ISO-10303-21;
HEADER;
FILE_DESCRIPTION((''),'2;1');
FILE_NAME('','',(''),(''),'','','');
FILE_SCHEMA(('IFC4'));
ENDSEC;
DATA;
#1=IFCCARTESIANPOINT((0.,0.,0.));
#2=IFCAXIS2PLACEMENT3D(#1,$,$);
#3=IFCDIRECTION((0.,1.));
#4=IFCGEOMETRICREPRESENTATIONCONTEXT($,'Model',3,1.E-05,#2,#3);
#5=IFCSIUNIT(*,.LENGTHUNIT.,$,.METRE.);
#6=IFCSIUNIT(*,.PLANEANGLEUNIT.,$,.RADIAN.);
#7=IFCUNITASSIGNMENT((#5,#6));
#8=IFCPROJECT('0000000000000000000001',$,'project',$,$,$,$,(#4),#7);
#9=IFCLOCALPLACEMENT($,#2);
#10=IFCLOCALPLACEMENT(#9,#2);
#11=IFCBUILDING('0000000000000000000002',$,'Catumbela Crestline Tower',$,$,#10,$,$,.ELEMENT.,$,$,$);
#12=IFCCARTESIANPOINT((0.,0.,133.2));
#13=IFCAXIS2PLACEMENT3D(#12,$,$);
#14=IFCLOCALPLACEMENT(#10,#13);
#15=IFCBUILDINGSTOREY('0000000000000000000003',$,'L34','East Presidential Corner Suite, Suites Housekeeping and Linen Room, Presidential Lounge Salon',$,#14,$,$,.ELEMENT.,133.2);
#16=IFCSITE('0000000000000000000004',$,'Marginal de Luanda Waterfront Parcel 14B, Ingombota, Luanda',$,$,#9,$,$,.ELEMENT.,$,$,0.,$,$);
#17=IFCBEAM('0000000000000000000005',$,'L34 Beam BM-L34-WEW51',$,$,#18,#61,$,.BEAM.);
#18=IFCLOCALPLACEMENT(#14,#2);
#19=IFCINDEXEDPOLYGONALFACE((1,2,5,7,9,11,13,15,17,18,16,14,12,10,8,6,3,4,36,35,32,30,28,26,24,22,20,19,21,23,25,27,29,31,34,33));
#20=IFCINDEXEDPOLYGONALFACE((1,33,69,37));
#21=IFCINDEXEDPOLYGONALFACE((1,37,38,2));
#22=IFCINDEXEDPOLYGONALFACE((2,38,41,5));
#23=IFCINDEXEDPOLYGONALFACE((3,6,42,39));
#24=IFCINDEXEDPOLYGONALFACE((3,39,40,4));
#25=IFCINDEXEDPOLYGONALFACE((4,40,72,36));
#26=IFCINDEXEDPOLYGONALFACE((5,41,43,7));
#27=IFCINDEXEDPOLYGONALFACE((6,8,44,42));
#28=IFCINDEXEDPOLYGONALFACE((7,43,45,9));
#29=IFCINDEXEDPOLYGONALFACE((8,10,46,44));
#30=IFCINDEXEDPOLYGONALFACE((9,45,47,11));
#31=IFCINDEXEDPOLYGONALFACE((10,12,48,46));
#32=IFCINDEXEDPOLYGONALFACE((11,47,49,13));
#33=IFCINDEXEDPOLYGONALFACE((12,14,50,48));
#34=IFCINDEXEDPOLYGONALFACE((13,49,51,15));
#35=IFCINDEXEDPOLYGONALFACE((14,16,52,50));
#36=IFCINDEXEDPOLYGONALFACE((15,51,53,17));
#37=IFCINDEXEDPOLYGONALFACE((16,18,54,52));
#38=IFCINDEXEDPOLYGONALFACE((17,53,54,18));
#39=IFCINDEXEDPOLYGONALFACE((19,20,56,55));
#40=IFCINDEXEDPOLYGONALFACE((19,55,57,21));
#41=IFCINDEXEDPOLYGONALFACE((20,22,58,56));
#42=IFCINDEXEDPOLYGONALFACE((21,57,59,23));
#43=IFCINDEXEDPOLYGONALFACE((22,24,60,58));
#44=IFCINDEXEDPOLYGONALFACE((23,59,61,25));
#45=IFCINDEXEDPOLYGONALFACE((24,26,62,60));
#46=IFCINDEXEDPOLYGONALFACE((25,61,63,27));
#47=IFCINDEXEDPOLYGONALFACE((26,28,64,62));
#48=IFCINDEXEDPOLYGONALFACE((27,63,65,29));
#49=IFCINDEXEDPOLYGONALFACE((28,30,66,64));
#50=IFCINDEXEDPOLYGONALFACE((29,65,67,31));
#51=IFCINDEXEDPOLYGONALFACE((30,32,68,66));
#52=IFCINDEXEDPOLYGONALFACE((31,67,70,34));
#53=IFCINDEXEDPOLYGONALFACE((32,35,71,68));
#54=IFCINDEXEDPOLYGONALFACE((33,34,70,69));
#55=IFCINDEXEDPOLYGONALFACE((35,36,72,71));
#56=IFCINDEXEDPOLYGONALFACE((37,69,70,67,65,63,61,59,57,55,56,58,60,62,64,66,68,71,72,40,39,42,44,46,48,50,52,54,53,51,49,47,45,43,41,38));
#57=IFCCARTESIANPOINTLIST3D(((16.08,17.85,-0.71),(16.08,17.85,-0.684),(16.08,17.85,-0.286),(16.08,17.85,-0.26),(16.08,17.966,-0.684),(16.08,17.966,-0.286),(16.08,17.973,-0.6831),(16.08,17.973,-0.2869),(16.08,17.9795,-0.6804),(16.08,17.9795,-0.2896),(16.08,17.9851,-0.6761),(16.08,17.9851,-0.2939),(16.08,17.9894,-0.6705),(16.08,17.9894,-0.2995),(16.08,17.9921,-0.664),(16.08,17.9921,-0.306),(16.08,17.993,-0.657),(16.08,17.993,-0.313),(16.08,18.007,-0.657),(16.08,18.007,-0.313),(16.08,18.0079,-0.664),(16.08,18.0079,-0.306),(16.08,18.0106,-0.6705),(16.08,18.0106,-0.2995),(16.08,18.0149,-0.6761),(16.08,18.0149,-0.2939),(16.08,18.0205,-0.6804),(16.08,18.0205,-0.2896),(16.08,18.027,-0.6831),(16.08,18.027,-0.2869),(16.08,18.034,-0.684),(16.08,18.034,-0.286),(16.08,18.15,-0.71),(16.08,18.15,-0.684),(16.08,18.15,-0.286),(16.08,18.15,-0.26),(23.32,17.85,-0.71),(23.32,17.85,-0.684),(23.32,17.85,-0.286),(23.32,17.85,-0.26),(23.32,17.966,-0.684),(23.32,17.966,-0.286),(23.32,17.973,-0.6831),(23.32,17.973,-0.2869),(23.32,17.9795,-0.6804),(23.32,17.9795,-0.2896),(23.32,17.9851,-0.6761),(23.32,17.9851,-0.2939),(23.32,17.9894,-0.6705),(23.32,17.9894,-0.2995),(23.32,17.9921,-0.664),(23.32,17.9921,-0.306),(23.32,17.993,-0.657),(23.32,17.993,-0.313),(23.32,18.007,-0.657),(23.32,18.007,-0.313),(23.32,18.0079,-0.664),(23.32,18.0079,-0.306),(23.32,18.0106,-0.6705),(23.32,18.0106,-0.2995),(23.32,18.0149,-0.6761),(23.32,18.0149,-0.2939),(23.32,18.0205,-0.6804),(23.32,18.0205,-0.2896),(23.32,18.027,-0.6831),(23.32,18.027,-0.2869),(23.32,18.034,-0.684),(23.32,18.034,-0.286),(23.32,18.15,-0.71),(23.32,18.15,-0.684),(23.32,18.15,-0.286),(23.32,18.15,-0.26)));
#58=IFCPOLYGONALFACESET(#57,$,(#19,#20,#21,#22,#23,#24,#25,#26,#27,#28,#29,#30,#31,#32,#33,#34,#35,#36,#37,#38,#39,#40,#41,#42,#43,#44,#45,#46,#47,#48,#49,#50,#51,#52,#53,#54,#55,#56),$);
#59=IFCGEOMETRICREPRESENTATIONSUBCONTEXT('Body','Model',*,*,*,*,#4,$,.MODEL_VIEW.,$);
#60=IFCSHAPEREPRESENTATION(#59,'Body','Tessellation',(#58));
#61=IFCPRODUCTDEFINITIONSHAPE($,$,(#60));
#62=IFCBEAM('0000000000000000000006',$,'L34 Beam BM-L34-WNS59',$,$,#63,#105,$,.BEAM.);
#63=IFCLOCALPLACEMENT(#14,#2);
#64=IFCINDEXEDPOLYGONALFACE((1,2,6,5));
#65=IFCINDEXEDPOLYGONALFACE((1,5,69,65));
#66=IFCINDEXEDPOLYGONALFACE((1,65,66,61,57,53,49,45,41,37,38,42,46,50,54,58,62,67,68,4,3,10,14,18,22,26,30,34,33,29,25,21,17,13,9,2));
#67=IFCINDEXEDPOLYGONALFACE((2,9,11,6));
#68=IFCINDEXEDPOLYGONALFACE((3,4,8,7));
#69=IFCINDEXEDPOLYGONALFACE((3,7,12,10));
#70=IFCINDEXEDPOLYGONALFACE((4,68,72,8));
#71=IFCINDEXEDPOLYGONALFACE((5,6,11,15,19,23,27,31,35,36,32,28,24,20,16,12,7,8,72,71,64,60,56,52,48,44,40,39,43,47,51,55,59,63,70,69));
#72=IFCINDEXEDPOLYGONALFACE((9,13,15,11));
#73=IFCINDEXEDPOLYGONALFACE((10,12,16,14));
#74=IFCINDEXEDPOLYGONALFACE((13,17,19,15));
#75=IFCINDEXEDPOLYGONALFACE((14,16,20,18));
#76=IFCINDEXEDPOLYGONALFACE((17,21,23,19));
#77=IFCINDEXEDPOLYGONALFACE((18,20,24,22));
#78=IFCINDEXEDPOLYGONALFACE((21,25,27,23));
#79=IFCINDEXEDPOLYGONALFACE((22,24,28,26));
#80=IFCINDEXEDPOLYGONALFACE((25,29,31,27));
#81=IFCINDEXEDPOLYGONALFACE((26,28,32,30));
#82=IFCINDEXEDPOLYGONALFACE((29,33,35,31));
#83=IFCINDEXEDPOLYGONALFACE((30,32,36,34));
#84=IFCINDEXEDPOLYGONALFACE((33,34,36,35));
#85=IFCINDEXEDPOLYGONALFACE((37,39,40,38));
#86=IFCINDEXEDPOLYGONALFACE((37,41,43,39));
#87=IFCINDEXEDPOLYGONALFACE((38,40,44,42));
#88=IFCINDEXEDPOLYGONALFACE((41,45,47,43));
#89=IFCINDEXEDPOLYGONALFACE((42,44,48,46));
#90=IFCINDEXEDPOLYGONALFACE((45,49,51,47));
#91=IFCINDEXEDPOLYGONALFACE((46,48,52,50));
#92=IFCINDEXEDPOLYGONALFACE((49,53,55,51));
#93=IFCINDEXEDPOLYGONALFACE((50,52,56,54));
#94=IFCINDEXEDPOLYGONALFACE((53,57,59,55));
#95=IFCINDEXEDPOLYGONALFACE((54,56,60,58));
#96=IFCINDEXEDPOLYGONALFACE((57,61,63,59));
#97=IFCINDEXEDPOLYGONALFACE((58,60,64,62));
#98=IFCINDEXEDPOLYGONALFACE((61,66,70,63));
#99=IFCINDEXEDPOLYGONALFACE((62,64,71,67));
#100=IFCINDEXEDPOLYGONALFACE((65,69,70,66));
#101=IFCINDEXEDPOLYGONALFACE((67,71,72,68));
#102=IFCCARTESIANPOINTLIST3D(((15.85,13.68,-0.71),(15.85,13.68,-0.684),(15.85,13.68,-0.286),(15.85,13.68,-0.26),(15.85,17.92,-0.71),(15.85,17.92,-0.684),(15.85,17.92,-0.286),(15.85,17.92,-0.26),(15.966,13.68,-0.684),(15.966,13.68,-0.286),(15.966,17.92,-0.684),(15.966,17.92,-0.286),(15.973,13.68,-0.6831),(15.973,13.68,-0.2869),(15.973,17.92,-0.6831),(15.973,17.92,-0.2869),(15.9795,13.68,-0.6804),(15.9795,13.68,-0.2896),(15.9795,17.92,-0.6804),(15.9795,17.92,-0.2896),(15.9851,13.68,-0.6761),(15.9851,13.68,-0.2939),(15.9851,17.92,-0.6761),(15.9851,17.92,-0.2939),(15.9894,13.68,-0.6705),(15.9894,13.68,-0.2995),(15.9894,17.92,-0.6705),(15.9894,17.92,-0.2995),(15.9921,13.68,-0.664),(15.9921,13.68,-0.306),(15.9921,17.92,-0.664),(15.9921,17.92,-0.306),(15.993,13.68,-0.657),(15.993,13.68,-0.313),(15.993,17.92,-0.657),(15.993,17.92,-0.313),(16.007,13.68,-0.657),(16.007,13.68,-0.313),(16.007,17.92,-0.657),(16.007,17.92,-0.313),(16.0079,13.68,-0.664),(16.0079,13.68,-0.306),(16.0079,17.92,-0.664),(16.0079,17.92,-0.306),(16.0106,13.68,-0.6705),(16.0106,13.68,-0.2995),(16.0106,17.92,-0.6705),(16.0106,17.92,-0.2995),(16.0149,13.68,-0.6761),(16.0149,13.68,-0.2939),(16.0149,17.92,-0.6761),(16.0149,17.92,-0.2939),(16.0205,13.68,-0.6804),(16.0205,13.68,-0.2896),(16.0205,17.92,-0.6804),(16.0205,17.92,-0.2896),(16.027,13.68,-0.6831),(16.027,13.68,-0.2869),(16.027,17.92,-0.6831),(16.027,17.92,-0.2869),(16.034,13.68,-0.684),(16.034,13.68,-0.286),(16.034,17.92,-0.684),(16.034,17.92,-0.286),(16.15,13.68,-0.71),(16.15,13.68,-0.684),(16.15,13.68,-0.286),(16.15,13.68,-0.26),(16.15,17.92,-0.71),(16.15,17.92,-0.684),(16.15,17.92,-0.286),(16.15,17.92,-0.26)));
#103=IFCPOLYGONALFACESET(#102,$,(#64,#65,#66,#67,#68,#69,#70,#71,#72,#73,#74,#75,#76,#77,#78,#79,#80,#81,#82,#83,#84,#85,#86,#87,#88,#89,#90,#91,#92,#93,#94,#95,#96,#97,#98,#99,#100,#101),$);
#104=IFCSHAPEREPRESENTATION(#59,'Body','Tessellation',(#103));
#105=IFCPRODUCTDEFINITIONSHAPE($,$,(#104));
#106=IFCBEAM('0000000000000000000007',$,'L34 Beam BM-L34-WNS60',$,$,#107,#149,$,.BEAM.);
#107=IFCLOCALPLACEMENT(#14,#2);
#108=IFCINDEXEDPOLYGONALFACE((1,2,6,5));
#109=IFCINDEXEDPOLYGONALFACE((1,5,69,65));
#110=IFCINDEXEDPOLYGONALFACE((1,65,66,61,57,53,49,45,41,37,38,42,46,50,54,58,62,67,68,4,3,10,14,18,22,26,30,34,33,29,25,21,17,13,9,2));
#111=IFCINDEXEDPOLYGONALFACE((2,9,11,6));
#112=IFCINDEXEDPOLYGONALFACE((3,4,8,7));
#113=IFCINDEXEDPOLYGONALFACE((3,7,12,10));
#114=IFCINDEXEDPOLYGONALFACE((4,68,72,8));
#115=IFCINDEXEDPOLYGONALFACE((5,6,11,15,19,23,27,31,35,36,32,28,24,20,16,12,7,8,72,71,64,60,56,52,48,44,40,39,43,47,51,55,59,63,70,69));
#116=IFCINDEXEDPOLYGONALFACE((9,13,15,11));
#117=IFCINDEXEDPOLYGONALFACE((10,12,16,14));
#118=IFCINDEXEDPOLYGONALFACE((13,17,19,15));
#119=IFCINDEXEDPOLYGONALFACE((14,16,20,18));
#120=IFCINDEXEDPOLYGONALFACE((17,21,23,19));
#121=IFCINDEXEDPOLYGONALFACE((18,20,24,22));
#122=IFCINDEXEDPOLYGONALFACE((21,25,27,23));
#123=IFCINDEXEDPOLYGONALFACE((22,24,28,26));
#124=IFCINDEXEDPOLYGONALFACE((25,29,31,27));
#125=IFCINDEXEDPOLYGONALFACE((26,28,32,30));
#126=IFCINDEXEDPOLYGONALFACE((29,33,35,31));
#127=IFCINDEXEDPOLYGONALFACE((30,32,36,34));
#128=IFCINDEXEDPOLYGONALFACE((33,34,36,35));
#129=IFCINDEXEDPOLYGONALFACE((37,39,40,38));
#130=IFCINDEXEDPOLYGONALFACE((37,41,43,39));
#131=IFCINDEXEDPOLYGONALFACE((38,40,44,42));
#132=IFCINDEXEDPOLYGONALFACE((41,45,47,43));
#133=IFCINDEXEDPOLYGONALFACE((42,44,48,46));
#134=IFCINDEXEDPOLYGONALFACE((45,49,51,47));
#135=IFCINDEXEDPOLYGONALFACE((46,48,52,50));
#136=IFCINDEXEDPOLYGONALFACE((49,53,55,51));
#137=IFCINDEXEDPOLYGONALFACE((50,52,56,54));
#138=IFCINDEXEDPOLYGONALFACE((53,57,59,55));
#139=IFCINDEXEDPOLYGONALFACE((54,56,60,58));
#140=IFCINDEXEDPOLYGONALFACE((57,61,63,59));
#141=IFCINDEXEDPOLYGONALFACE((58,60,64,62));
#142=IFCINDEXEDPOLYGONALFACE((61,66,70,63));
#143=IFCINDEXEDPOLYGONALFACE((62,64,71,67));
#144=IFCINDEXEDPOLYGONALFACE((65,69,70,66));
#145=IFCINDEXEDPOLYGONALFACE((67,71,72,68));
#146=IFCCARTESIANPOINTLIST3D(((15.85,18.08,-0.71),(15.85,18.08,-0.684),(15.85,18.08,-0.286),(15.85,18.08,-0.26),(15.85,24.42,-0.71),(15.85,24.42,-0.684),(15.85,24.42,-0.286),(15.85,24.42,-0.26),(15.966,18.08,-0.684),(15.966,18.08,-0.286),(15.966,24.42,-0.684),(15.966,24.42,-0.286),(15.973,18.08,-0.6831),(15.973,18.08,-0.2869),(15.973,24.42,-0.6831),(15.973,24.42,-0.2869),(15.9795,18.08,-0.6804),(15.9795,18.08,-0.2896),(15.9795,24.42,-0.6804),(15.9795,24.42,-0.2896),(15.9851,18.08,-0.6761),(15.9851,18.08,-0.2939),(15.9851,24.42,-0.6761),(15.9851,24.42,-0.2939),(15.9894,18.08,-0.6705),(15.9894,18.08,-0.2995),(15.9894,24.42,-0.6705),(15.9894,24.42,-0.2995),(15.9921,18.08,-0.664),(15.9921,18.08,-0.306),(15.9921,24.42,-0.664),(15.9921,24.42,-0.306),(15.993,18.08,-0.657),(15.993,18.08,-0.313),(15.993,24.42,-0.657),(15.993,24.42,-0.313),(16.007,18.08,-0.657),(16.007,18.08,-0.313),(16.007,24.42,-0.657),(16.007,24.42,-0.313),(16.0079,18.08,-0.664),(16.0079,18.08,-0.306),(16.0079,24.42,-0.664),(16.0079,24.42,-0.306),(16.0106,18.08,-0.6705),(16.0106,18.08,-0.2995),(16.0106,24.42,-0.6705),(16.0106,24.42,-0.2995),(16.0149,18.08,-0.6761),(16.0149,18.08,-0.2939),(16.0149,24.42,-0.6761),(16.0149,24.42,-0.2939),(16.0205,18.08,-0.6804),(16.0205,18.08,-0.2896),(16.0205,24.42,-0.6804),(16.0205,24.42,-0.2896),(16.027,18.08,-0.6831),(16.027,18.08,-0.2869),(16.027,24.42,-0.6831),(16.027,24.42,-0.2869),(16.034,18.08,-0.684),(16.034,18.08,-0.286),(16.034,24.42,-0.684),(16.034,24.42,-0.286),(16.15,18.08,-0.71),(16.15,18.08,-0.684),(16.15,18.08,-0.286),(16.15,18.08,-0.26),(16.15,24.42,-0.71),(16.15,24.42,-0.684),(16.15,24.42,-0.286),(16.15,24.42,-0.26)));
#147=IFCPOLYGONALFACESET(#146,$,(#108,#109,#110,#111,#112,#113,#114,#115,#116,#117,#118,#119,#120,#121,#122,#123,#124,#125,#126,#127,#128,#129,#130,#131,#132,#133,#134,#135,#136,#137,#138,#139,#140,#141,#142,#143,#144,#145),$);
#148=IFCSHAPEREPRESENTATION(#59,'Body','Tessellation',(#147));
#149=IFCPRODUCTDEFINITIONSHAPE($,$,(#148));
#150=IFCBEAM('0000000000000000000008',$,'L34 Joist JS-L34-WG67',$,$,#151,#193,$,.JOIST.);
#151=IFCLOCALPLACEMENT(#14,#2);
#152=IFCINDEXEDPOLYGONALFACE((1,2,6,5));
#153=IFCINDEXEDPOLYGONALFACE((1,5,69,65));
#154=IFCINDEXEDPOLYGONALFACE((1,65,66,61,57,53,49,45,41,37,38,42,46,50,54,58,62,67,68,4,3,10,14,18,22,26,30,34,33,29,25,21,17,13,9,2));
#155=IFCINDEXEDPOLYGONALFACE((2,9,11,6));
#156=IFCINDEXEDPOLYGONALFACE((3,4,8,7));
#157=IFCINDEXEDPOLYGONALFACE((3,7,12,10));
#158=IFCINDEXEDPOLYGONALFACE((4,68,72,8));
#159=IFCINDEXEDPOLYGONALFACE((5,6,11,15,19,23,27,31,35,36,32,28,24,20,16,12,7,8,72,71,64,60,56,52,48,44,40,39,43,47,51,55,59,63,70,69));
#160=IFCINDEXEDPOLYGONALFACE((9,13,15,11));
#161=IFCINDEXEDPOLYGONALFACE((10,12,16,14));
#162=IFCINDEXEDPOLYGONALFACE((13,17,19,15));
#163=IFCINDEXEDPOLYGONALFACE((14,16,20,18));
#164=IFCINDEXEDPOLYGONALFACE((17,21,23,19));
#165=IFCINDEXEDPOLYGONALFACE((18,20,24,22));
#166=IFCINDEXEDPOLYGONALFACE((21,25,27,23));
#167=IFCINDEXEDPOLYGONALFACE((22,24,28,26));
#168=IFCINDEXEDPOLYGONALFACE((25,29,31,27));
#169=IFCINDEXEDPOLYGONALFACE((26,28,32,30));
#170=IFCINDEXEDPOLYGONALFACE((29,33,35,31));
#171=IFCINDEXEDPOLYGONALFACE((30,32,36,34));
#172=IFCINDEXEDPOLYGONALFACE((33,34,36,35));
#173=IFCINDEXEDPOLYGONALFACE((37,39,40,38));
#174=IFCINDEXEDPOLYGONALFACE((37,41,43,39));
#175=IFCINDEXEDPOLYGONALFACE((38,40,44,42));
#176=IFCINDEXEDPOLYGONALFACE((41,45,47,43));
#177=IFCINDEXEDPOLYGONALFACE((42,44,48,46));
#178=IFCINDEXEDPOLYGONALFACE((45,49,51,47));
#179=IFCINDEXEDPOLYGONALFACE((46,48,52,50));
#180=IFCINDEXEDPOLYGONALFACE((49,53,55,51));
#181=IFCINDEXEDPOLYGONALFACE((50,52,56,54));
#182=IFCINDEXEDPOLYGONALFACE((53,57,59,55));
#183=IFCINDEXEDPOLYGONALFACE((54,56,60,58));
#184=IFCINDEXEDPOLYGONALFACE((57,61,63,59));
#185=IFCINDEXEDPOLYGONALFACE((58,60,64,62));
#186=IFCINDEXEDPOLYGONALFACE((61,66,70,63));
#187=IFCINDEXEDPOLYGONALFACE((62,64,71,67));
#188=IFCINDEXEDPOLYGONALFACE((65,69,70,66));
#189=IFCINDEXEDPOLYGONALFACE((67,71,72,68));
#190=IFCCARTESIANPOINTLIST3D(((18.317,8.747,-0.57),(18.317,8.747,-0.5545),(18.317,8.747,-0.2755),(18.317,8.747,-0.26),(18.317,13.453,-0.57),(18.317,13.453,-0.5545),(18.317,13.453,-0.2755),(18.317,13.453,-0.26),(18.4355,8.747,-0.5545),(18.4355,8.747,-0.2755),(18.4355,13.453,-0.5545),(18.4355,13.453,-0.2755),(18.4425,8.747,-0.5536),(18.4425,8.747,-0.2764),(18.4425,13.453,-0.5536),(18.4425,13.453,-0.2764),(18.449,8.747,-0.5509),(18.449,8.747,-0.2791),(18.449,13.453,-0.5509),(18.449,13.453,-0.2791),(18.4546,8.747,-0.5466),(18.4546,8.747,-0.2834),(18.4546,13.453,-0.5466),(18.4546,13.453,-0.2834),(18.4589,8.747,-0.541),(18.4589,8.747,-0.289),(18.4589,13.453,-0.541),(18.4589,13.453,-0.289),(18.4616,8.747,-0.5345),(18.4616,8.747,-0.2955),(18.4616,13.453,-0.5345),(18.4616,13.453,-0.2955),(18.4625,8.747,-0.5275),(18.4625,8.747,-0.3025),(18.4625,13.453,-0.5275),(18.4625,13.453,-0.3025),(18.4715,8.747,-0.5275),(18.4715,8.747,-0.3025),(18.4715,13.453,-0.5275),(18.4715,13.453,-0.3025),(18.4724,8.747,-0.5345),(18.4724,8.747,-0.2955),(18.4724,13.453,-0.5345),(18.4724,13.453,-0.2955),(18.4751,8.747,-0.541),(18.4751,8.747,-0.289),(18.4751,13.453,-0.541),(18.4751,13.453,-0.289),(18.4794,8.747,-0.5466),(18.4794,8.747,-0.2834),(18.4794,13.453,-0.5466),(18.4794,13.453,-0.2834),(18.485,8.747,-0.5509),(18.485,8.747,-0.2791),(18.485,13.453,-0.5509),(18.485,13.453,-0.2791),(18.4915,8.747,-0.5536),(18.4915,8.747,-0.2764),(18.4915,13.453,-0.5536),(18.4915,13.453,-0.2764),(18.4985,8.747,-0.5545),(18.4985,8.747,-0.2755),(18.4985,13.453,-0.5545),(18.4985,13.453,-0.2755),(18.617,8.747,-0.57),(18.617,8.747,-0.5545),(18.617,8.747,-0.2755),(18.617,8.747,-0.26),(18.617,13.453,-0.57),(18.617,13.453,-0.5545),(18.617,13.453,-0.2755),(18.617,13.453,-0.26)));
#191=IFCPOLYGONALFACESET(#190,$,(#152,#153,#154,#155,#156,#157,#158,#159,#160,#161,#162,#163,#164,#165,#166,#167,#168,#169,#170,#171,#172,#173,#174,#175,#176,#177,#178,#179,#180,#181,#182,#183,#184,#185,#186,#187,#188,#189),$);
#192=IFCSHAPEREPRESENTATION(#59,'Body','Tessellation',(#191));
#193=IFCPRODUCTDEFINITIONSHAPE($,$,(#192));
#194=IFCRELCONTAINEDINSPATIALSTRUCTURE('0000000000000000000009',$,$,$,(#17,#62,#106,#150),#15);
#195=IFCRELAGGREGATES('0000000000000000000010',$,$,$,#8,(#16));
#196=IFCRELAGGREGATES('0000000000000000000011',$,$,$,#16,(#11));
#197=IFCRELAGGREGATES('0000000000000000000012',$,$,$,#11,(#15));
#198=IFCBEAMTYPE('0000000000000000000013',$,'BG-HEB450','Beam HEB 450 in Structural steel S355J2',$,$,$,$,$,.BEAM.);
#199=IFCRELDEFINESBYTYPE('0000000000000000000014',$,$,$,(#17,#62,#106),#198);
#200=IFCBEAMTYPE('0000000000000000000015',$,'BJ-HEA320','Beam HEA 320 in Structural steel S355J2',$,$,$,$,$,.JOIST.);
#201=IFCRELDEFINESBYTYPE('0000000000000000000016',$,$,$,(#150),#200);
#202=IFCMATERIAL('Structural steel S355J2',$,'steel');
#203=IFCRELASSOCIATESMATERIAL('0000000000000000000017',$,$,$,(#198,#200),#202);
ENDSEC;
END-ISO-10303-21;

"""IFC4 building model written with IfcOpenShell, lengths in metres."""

from ifc_helpers import new_model, si_unit, direction, frame, origin, origin_2d, place, context, subcontext, project, spatial, i_section, extrude, material, material_profile, profile_set, type_object, element, save


model = new_model("IFC4")

# Units and contexts
model_context = context("Model", 3, precision=1e-05, world=origin(), true_north=direction((0.0, 1.0)))
body_context = subcontext(model_context, "Body", "Model", "MODEL_VIEW")
ifc_project = project(units=[si_unit("LENGTHUNIT", "METRE"), si_unit("PLANEANGLEUNIT", "RADIAN")], contexts=[model_context])

# Site, building, storey
site_placement = place(None, origin())
site = spatial("IfcSite", under=ifc_project, at=site_placement, Name="Marginal de Luanda Waterfront Parcel 14B, Ingombota, Luanda", CompositionType="ELEMENT", RefElevation=0.0)
building_placement = place(site_placement, origin())
building = spatial("IfcBuilding", under=site, at=building_placement, Name="Catumbela Crestline Tower", CompositionType="ELEMENT")
storey_placement = place(building_placement, frame((0.0, 0.0, 133.2)))
storey = spatial("IfcBuildingStorey", under=building, at=storey_placement, Name="L34", Description="East Presidential Corner Suite, Suites Housekeeping and Linen Room, Presidential Lounge Salon", CompositionType="ELEMENT", Elevation=133.2)

# Beams
ifc_material_1 = material(Name="Structural steel S355J2", Category="steel")
ifc_material_profile_1 = material_profile(ifc_material_1, i_section(OverallWidth=0.3, OverallDepth=0.45, WebThickness=0.014, FlangeThickness=0.026, FilletRadius=0.027, at=origin_2d()), Name="HEB 450")
ifc_profile_set_1 = profile_set([ifc_material_profile_1], Name="Structural steel S355J2")
beam_type_1 = type_object("IfcBeamType", Name="BG-HEB450", Description="Beam HEB 450 in Structural steel S355J2", PredefinedType="BEAM", material=ifc_profile_set_1)
for number, where, z_axis, x_axis, name in (
    (1, (16.08, 18.0, -0.485), (1.0, 0.0, 0.0), (0.0, 1.0, 0.0), "L34 Beam BM-L34-WEW51"),
):
    element("IfcBeam", number, at=place(storey_placement, frame(where, z_axis=z_axis, x_axis=x_axis)), inside=storey, type_object=beam_type_1, Name=name, PredefinedType="BEAM", context=body_context, shape_type="SweptSolid", body=[
        extrude(i_section(OverallWidth=0.3, OverallDepth=0.45, WebThickness=0.014, FlangeThickness=0.026, FilletRadius=0.027, at=origin_2d()), origin(), (0.0, 0.0, 1.0), 7.24),
    ])
beam_1_placement = place(storey_placement, frame((16.0, 13.68, -0.485), z_axis=(0.0, 1.0, 0.0), x_axis=(-1.0, 0.0, 0.0)))
element("IfcBeam", 2, at=beam_1_placement, inside=storey, type_object=beam_type_1, Name="L34 Beam BM-L34-WNS59", PredefinedType="BEAM", context=body_context, shape_type="SweptSolid", body=[
    extrude(i_section(OverallWidth=0.3, OverallDepth=0.45, WebThickness=0.014, FlangeThickness=0.026, FilletRadius=0.027, at=origin_2d()), origin(), (0.0, 0.0, 1.0), 4.24),
])
beam_2_placement = place(storey_placement, frame((16.0, 18.08, -0.485), z_axis=(0.0, 1.0, 0.0), x_axis=(-1.0, 0.0, 0.0)))
element("IfcBeam", 3, at=beam_2_placement, inside=storey, type_object=beam_type_1, Name="L34 Beam BM-L34-WNS60", PredefinedType="BEAM", context=body_context, shape_type="SweptSolid", body=[
    extrude(i_section(OverallWidth=0.3, OverallDepth=0.45, WebThickness=0.014, FlangeThickness=0.026, FilletRadius=0.027, at=origin_2d()), origin(), (0.0, 0.0, 1.0), 6.34),
])
ifc_material_profile_2 = material_profile(ifc_material_1, i_section(OverallWidth=0.3, OverallDepth=0.31, WebThickness=0.009, FlangeThickness=0.0155, FilletRadius=0.027, at=origin_2d()), Name="HEA 320")
ifc_profile_set_2 = profile_set([ifc_material_profile_2], Name="Structural steel S355J2")
beam_type_2 = type_object("IfcBeamType", Name="BJ-HEA320", Description="Beam HEA 320 in Structural steel S355J2", PredefinedType="JOIST", material=ifc_profile_set_2)
beam_3_placement = place(storey_placement, frame((18.467, 8.747, -0.415), z_axis=(0.0, 1.0, 0.0), x_axis=(-1.0, 0.0, 0.0)))
element("IfcBeam", 4, at=beam_3_placement, inside=storey, type_object=beam_type_2, Name="L34 Joist JS-L34-WG67", PredefinedType="JOIST", context=body_context, shape_type="SweptSolid", body=[
    extrude(i_section(OverallWidth=0.3, OverallDepth=0.31, WebThickness=0.009, FlangeThickness=0.0155, FilletRadius=0.027, at=origin_2d()), origin(), (0.0, 0.0, 1.0), 4.706),
])

save(model, "model.ifc")
